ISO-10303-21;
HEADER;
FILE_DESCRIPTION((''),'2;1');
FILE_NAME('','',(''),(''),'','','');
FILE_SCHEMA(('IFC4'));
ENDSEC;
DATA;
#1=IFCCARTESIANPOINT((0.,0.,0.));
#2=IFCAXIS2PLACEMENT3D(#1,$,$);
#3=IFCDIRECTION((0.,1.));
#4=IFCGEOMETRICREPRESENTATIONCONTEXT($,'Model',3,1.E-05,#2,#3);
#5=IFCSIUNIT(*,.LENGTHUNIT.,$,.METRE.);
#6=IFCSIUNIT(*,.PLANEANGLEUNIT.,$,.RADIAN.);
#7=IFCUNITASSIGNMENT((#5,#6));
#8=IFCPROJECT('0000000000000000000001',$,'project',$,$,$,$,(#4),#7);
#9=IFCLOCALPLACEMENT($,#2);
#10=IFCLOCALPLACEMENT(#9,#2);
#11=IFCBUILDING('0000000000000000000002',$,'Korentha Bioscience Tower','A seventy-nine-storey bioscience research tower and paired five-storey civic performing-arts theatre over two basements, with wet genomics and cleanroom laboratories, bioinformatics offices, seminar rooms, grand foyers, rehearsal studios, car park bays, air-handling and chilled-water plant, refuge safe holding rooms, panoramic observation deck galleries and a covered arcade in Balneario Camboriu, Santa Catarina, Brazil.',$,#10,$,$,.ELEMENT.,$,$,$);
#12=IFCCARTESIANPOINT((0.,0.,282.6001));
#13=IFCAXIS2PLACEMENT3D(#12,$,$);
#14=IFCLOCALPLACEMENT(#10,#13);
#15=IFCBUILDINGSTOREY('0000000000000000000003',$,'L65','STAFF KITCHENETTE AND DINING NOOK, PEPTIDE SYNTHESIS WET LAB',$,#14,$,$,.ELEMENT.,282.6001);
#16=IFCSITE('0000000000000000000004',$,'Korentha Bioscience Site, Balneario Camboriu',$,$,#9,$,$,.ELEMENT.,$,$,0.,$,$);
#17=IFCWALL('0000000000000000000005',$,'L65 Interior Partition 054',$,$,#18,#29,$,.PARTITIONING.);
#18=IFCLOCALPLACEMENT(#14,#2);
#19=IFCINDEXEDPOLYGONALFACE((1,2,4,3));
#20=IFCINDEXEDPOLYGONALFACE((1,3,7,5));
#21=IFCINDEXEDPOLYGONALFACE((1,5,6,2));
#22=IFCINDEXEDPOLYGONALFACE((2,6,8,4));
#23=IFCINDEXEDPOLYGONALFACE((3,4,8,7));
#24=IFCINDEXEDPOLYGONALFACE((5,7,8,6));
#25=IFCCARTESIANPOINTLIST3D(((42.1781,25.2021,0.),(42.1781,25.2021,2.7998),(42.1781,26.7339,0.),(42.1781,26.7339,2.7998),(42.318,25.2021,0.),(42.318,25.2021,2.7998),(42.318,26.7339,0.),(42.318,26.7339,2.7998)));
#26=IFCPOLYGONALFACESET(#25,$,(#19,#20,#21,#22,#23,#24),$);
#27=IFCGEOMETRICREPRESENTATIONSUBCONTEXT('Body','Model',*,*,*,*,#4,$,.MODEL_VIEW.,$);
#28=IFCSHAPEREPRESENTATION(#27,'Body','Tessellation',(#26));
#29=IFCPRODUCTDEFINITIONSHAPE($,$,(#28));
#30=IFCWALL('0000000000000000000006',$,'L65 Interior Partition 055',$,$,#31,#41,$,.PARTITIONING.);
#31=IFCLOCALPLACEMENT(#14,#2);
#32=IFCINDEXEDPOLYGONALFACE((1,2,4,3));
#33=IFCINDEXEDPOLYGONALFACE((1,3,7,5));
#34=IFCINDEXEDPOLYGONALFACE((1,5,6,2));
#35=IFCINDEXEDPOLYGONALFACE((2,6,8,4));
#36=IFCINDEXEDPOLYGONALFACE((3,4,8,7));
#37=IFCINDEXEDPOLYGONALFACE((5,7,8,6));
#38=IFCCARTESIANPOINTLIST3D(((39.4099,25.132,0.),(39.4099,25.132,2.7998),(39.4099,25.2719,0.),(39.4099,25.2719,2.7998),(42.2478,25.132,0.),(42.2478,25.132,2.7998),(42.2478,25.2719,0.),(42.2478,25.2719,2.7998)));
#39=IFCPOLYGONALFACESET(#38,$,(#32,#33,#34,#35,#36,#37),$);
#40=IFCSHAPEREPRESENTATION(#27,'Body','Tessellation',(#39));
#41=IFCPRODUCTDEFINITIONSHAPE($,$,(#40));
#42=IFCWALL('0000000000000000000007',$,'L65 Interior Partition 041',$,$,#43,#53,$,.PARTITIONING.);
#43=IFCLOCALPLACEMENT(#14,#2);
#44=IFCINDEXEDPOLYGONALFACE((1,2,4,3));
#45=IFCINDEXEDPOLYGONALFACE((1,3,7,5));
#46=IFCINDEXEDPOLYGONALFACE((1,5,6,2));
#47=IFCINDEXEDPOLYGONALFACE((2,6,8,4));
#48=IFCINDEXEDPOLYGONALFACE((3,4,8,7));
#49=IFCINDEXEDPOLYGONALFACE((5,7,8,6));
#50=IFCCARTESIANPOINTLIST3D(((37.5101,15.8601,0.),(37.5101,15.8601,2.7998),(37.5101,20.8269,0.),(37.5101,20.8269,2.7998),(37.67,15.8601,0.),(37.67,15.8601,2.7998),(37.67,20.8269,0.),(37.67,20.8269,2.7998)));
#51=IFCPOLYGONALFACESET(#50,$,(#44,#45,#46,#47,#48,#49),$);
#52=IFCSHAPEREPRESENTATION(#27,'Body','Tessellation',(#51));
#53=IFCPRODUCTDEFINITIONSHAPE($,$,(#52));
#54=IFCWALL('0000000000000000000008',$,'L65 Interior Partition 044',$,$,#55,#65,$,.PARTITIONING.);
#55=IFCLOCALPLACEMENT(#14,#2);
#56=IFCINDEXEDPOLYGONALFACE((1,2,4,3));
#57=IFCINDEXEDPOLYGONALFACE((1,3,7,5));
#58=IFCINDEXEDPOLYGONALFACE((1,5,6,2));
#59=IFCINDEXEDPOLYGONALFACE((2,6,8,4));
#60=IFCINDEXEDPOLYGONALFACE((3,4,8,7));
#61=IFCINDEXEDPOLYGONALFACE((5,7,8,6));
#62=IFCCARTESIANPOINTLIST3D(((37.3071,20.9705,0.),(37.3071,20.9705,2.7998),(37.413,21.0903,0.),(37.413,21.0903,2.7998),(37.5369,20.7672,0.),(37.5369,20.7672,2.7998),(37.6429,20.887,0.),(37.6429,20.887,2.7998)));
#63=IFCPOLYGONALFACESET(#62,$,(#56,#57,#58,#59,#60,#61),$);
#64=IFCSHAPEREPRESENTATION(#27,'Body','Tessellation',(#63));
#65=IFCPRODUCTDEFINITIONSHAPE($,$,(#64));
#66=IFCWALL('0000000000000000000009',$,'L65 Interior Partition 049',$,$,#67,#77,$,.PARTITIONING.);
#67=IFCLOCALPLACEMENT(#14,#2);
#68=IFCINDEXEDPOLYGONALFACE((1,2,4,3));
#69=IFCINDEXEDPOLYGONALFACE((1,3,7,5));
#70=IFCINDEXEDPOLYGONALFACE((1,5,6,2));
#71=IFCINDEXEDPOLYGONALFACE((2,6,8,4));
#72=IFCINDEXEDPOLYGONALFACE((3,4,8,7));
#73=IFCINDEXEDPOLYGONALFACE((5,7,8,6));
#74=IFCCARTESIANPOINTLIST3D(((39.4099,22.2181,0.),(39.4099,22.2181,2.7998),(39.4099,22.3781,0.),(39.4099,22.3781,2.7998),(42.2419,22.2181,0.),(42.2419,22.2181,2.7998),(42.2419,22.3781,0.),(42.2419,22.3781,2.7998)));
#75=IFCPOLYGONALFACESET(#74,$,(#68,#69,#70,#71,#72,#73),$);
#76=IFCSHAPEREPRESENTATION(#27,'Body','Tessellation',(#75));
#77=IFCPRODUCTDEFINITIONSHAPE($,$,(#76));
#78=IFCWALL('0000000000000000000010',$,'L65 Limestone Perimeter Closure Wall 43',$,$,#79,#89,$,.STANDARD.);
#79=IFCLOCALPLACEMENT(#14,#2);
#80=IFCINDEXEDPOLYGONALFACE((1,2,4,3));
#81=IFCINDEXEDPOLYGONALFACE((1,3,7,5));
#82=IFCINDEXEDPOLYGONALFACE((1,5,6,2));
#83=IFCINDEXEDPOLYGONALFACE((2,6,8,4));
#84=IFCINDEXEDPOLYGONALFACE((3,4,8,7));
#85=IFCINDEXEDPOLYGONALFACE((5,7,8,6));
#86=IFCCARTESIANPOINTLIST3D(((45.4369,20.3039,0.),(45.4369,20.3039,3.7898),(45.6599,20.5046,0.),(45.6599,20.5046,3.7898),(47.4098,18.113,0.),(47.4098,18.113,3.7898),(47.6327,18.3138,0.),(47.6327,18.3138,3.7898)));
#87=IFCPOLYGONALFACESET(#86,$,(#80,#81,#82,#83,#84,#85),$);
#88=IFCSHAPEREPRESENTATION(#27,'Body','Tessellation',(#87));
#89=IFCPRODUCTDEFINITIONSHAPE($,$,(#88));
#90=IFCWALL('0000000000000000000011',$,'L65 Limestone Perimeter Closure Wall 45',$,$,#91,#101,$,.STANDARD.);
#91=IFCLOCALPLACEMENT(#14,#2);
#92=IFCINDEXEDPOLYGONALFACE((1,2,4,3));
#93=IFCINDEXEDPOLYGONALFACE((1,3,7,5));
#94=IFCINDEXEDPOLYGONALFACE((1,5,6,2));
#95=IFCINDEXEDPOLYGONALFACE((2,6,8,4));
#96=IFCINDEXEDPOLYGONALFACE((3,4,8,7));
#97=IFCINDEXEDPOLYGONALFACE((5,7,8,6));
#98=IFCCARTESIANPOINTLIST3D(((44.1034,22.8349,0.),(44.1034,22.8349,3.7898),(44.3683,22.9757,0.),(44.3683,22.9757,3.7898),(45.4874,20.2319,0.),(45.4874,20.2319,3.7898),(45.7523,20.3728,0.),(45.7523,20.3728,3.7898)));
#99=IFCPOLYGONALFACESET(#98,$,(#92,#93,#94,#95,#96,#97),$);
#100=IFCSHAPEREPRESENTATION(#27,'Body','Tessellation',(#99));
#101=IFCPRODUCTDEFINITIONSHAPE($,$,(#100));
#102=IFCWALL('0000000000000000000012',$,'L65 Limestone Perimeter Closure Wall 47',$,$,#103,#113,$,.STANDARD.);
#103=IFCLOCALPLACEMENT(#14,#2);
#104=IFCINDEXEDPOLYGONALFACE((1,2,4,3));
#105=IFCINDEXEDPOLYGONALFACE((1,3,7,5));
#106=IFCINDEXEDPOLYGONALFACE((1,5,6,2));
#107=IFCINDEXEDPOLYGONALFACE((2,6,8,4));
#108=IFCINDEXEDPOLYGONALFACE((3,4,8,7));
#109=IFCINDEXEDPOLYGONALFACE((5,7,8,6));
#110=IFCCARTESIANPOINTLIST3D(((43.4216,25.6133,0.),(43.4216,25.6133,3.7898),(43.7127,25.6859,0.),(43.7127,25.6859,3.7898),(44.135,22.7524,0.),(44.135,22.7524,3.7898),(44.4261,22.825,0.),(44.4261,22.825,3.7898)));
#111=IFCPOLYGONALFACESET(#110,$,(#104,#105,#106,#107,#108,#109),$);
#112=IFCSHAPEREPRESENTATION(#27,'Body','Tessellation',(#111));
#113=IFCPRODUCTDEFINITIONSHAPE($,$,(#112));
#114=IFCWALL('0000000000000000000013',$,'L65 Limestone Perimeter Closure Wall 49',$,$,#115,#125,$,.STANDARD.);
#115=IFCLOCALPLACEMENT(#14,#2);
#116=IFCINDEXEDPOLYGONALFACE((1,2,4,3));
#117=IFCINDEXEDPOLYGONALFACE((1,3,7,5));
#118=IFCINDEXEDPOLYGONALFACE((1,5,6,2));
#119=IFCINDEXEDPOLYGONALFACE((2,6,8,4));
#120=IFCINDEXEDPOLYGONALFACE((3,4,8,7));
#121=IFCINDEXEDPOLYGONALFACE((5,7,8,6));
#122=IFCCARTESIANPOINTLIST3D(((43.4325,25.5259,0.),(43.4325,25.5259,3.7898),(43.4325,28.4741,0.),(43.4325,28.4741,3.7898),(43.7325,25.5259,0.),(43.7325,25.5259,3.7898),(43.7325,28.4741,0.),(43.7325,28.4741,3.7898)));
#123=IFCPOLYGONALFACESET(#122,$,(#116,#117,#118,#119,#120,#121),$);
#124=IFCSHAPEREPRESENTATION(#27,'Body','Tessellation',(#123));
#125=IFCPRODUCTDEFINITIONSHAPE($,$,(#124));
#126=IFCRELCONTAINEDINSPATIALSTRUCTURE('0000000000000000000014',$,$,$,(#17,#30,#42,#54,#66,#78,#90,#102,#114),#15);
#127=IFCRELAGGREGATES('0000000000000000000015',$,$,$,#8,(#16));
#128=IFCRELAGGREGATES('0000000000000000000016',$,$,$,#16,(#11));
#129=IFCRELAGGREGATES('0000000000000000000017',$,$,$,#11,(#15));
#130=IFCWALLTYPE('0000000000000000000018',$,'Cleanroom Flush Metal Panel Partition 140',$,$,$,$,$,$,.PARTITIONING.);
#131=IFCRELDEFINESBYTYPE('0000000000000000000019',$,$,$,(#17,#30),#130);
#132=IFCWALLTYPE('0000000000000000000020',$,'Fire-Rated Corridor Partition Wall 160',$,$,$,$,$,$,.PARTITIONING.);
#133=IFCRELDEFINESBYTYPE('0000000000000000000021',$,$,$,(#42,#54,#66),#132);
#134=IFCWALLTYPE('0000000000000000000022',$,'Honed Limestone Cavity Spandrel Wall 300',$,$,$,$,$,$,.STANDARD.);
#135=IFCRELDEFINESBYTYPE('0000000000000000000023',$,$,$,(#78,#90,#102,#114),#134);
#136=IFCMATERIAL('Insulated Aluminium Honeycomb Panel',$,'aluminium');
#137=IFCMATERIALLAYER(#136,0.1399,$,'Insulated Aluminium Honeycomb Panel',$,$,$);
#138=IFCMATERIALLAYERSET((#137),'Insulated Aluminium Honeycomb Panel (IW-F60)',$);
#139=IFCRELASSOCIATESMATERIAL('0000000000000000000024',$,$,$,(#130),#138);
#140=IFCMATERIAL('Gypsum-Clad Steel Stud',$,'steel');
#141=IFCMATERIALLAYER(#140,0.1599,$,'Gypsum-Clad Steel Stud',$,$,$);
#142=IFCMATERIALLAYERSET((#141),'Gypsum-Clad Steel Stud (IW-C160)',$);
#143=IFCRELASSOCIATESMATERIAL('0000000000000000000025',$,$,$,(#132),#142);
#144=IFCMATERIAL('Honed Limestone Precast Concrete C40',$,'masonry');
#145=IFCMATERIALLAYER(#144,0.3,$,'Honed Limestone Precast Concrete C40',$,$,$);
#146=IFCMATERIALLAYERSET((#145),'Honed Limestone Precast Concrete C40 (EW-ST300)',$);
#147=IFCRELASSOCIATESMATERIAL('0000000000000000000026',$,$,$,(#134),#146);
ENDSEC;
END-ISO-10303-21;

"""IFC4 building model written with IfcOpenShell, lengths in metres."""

from ifc_helpers import new_model, si_unit, direction, frame, frame_2d, origin, place, context, subcontext, project, spatial, rectangle, extrude, material, layer, layer_set, type_object, element, save


model = new_model("IFC4")

# Units and contexts
model_context = context("Model", 3, precision=1e-05, world=origin(), true_north=direction((0.0, 1.0)))
body_context = subcontext(model_context, "Body", "Model", "MODEL_VIEW")
ifc_project = project(units=[si_unit("LENGTHUNIT", "METRE"), si_unit("PLANEANGLEUNIT", "RADIAN")], contexts=[model_context])

# Site, building, storey
site_placement = place(None, origin())
site = spatial("IfcSite", under=ifc_project, at=site_placement, Name="Korentha Bioscience Site, Balneario Camboriu", CompositionType="ELEMENT", RefElevation=0.0)
building_placement = place(site_placement, origin())
building = spatial("IfcBuilding", under=site, at=building_placement, Name="Korentha Bioscience Tower", Description="A seventy-nine-storey bioscience research tower and paired five-storey civic performing-arts theatre over two basements, with wet genomics and cleanroom laboratories, bioinformatics offices, seminar rooms, grand foyers, rehearsal studios, car park bays, air-handling and chilled-water plant, refuge safe holding rooms, panoramic observation deck galleries and a covered arcade in Balneario Camboriu, Santa Catarina, Brazil.", CompositionType="ELEMENT")
storey_placement = place(building_placement, frame((0.0, 0.0, 282.6001)))
storey = spatial("IfcBuildingStorey", under=building, at=storey_placement, Name="L65", Description="STAFF KITCHENETTE AND DINING NOOK, PEPTIDE SYNTHESIS WET LAB", CompositionType="ELEMENT", Elevation=282.6001)

# Shared definitions
ifc_material_1 = material(Name="Insulated Aluminium Honeycomb Panel", Category="aluminium")
ifc_layer_1 = layer(ifc_material_1, 0.1399, Name="Insulated Aluminium Honeycomb Panel")
ifc_layer_set_1 = layer_set([ifc_layer_1], Name="Insulated Aluminium Honeycomb Panel (IW-F60)")
wall_type_1 = type_object("IfcWallType", Name="Cleanroom Flush Metal Panel Partition 140", PredefinedType="PARTITIONING", material=ifc_layer_set_1)

# Walls
wall_1_placement = place(storey_placement, frame((42.248, 26.7339, 0.0), z_axis=(0.0, 0.0, 1.0), x_axis=(0.0, -1.0, 0.0)))
element("IfcWall", 1, at=wall_1_placement, inside=storey, type_object=wall_type_1, Name="L65 Interior Partition 054", PredefinedType="PARTITIONING", context=body_context, shape_type="SweptSolid", body=[
    extrude(rectangle(XDim=1.5317, YDim=0.1399, at=frame_2d((0.7659, 0.0))), origin(), (0.0, 0.0, 1.0), 2.7998),
])
wall_2_placement = place(storey_placement, frame((42.2478, 25.2019, 0.0), z_axis=(0.0, 0.0, 1.0), x_axis=(-1.0, 0.0, 0.0)))
element("IfcWall", 2, at=wall_2_placement, inside=storey, type_object=wall_type_1, Name="L65 Interior Partition 055", PredefinedType="PARTITIONING", context=body_context, shape_type="SweptSolid", body=[
    extrude(rectangle(XDim=2.8379, YDim=0.1399, at=frame_2d((1.4189, 0.0))), origin(), (0.0, 0.0, 1.0), 2.7998),
])

# Shared definitions
ifc_material_2 = material(Name="Gypsum-Clad Steel Stud", Category="steel")
ifc_layer_2 = layer(ifc_material_2, 0.1599, Name="Gypsum-Clad Steel Stud")
ifc_layer_set_2 = layer_set([ifc_layer_2], Name="Gypsum-Clad Steel Stud (IW-C160)")
wall_type_2 = type_object("IfcWallType", Name="Fire-Rated Corridor Partition Wall 160", PredefinedType="PARTITIONING", material=ifc_layer_set_2)

# Walls
wall_3_placement = place(storey_placement, frame((37.5901, 20.8269, 0.0), z_axis=(0.0, 0.0, 1.0), x_axis=(0.0, -1.0, 0.0)))
element("IfcWall", 3, at=wall_3_placement, inside=storey, type_object=wall_type_2, Name="L65 Interior Partition 041", PredefinedType="PARTITIONING", context=body_context, shape_type="SweptSolid", body=[
    extrude(rectangle(XDim=4.9668, YDim=0.1599, at=frame_2d((2.4834, 0.0))), origin(), (0.0, 0.0, 1.0), 2.7998),
])
wall_4_placement = place(storey_placement, frame((37.3601, 21.0303, 0.0), z_axis=(0.0, 0.0, 1.0), x_axis=(0.749118, -0.662437, 0.0)))
element("IfcWall", 4, at=wall_4_placement, inside=storey, type_object=wall_type_2, Name="L65 Interior Partition 044", PredefinedType="PARTITIONING", context=body_context, shape_type="SweptSolid", body=[
    extrude(rectangle(XDim=0.3069, YDim=0.1599, at=frame_2d((0.1533, 0.0))), origin(), (0.0, 0.0, 1.0), 2.7998),
])
wall_5_placement = place(storey_placement, frame((39.4099, 22.2981, 0.0), z_axis=(0.0, 0.0, 1.0), x_axis=(1.0, 0.0, 0.0)))
element("IfcWall", 5, at=wall_5_placement, inside=storey, type_object=wall_type_2, Name="L65 Interior Partition 049", PredefinedType="PARTITIONING", context=body_context, shape_type="SweptSolid", body=[
    extrude(rectangle(XDim=2.832, YDim=0.1599, at=frame_2d((1.416, 0.0))), origin(), (0.0, 0.0, 1.0), 2.7998),
])
ifc_material_3 = material(Name="Honed Limestone Precast Concrete C40", Category="masonry")
ifc_layer_3 = layer(ifc_material_3, 0.3, Name="Honed Limestone Precast Concrete C40")
ifc_layer_set_3 = layer_set([ifc_layer_3], Name="Honed Limestone Precast Concrete C40 (EW-ST300)")
wall_type_3 = type_object("IfcWallType", Name="Honed Limestone Cavity Spandrel Wall 300", PredefinedType="STANDARD", material=ifc_layer_set_3)
wall_6_placement = place(storey_placement, frame((47.5212, 18.2134, 0.0), z_axis=(0.0, 0.0, 1.0), x_axis=(-0.669166, 0.743113, 0.0)))
element("IfcWall", 6, at=wall_6_placement, inside=storey, type_object=wall_type_3, Name="L65 Limestone Perimeter Closure Wall 43", PredefinedType="STANDARD", context=body_context, shape_type="SweptSolid", body=[
    extrude(rectangle(XDim=2.9482, YDim=0.3, at=frame_2d((1.4741, 0.0))), origin(), (0.0, 0.0, 1.0), 3.7898),
])
wall_7_placement = place(storey_placement, frame((45.6199, 20.3022, 0.0), z_axis=(0.0, 0.0, 1.0), x_axis=(-0.469466, 0.882951, 0.0)))
element("IfcWall", 7, at=wall_7_placement, inside=storey, type_object=wall_type_3, Name="L65 Limestone Perimeter Closure Wall 45", PredefinedType="STANDARD", context=body_context, shape_type="SweptSolid", body=[
    extrude(rectangle(XDim=2.948, YDim=0.3, at=frame_2d((1.4741, 0.0))), origin(), (0.0, 0.0, 1.0), 3.7898),
])
wall_8_placement = place(storey_placement, frame((44.2805, 22.7888, 0.0), z_axis=(0.0, 0.0, 1.0), x_axis=(-0.241951, 0.970288, 0.0)))
element("IfcWall", 8, at=wall_8_placement, inside=storey, type_object=wall_type_3, Name="L65 Limestone Perimeter Closure Wall 47", PredefinedType="STANDARD", context=body_context, shape_type="SweptSolid", body=[
    extrude(rectangle(XDim=2.9485, YDim=0.3, at=frame_2d((1.4741, 0.0))), origin(), (0.0, 0.0, 1.0), 3.7898),
])
wall_9_placement = place(storey_placement, frame((43.5825, 25.5259, 0.0), z_axis=(0.0, 0.0, 1.0), x_axis=(0.0, 1.0, 0.0)))
element("IfcWall", 9, at=wall_9_placement, inside=storey, type_object=wall_type_3, Name="L65 Limestone Perimeter Closure Wall 49", PredefinedType="STANDARD", context=body_context, shape_type="SweptSolid", body=[
    extrude(rectangle(XDim=2.9482, YDim=0.3, at=frame_2d((1.4741, 0.0))), origin(), (0.0, 0.0, 1.0), 3.7898),
])

save(model, "model.ifc")
